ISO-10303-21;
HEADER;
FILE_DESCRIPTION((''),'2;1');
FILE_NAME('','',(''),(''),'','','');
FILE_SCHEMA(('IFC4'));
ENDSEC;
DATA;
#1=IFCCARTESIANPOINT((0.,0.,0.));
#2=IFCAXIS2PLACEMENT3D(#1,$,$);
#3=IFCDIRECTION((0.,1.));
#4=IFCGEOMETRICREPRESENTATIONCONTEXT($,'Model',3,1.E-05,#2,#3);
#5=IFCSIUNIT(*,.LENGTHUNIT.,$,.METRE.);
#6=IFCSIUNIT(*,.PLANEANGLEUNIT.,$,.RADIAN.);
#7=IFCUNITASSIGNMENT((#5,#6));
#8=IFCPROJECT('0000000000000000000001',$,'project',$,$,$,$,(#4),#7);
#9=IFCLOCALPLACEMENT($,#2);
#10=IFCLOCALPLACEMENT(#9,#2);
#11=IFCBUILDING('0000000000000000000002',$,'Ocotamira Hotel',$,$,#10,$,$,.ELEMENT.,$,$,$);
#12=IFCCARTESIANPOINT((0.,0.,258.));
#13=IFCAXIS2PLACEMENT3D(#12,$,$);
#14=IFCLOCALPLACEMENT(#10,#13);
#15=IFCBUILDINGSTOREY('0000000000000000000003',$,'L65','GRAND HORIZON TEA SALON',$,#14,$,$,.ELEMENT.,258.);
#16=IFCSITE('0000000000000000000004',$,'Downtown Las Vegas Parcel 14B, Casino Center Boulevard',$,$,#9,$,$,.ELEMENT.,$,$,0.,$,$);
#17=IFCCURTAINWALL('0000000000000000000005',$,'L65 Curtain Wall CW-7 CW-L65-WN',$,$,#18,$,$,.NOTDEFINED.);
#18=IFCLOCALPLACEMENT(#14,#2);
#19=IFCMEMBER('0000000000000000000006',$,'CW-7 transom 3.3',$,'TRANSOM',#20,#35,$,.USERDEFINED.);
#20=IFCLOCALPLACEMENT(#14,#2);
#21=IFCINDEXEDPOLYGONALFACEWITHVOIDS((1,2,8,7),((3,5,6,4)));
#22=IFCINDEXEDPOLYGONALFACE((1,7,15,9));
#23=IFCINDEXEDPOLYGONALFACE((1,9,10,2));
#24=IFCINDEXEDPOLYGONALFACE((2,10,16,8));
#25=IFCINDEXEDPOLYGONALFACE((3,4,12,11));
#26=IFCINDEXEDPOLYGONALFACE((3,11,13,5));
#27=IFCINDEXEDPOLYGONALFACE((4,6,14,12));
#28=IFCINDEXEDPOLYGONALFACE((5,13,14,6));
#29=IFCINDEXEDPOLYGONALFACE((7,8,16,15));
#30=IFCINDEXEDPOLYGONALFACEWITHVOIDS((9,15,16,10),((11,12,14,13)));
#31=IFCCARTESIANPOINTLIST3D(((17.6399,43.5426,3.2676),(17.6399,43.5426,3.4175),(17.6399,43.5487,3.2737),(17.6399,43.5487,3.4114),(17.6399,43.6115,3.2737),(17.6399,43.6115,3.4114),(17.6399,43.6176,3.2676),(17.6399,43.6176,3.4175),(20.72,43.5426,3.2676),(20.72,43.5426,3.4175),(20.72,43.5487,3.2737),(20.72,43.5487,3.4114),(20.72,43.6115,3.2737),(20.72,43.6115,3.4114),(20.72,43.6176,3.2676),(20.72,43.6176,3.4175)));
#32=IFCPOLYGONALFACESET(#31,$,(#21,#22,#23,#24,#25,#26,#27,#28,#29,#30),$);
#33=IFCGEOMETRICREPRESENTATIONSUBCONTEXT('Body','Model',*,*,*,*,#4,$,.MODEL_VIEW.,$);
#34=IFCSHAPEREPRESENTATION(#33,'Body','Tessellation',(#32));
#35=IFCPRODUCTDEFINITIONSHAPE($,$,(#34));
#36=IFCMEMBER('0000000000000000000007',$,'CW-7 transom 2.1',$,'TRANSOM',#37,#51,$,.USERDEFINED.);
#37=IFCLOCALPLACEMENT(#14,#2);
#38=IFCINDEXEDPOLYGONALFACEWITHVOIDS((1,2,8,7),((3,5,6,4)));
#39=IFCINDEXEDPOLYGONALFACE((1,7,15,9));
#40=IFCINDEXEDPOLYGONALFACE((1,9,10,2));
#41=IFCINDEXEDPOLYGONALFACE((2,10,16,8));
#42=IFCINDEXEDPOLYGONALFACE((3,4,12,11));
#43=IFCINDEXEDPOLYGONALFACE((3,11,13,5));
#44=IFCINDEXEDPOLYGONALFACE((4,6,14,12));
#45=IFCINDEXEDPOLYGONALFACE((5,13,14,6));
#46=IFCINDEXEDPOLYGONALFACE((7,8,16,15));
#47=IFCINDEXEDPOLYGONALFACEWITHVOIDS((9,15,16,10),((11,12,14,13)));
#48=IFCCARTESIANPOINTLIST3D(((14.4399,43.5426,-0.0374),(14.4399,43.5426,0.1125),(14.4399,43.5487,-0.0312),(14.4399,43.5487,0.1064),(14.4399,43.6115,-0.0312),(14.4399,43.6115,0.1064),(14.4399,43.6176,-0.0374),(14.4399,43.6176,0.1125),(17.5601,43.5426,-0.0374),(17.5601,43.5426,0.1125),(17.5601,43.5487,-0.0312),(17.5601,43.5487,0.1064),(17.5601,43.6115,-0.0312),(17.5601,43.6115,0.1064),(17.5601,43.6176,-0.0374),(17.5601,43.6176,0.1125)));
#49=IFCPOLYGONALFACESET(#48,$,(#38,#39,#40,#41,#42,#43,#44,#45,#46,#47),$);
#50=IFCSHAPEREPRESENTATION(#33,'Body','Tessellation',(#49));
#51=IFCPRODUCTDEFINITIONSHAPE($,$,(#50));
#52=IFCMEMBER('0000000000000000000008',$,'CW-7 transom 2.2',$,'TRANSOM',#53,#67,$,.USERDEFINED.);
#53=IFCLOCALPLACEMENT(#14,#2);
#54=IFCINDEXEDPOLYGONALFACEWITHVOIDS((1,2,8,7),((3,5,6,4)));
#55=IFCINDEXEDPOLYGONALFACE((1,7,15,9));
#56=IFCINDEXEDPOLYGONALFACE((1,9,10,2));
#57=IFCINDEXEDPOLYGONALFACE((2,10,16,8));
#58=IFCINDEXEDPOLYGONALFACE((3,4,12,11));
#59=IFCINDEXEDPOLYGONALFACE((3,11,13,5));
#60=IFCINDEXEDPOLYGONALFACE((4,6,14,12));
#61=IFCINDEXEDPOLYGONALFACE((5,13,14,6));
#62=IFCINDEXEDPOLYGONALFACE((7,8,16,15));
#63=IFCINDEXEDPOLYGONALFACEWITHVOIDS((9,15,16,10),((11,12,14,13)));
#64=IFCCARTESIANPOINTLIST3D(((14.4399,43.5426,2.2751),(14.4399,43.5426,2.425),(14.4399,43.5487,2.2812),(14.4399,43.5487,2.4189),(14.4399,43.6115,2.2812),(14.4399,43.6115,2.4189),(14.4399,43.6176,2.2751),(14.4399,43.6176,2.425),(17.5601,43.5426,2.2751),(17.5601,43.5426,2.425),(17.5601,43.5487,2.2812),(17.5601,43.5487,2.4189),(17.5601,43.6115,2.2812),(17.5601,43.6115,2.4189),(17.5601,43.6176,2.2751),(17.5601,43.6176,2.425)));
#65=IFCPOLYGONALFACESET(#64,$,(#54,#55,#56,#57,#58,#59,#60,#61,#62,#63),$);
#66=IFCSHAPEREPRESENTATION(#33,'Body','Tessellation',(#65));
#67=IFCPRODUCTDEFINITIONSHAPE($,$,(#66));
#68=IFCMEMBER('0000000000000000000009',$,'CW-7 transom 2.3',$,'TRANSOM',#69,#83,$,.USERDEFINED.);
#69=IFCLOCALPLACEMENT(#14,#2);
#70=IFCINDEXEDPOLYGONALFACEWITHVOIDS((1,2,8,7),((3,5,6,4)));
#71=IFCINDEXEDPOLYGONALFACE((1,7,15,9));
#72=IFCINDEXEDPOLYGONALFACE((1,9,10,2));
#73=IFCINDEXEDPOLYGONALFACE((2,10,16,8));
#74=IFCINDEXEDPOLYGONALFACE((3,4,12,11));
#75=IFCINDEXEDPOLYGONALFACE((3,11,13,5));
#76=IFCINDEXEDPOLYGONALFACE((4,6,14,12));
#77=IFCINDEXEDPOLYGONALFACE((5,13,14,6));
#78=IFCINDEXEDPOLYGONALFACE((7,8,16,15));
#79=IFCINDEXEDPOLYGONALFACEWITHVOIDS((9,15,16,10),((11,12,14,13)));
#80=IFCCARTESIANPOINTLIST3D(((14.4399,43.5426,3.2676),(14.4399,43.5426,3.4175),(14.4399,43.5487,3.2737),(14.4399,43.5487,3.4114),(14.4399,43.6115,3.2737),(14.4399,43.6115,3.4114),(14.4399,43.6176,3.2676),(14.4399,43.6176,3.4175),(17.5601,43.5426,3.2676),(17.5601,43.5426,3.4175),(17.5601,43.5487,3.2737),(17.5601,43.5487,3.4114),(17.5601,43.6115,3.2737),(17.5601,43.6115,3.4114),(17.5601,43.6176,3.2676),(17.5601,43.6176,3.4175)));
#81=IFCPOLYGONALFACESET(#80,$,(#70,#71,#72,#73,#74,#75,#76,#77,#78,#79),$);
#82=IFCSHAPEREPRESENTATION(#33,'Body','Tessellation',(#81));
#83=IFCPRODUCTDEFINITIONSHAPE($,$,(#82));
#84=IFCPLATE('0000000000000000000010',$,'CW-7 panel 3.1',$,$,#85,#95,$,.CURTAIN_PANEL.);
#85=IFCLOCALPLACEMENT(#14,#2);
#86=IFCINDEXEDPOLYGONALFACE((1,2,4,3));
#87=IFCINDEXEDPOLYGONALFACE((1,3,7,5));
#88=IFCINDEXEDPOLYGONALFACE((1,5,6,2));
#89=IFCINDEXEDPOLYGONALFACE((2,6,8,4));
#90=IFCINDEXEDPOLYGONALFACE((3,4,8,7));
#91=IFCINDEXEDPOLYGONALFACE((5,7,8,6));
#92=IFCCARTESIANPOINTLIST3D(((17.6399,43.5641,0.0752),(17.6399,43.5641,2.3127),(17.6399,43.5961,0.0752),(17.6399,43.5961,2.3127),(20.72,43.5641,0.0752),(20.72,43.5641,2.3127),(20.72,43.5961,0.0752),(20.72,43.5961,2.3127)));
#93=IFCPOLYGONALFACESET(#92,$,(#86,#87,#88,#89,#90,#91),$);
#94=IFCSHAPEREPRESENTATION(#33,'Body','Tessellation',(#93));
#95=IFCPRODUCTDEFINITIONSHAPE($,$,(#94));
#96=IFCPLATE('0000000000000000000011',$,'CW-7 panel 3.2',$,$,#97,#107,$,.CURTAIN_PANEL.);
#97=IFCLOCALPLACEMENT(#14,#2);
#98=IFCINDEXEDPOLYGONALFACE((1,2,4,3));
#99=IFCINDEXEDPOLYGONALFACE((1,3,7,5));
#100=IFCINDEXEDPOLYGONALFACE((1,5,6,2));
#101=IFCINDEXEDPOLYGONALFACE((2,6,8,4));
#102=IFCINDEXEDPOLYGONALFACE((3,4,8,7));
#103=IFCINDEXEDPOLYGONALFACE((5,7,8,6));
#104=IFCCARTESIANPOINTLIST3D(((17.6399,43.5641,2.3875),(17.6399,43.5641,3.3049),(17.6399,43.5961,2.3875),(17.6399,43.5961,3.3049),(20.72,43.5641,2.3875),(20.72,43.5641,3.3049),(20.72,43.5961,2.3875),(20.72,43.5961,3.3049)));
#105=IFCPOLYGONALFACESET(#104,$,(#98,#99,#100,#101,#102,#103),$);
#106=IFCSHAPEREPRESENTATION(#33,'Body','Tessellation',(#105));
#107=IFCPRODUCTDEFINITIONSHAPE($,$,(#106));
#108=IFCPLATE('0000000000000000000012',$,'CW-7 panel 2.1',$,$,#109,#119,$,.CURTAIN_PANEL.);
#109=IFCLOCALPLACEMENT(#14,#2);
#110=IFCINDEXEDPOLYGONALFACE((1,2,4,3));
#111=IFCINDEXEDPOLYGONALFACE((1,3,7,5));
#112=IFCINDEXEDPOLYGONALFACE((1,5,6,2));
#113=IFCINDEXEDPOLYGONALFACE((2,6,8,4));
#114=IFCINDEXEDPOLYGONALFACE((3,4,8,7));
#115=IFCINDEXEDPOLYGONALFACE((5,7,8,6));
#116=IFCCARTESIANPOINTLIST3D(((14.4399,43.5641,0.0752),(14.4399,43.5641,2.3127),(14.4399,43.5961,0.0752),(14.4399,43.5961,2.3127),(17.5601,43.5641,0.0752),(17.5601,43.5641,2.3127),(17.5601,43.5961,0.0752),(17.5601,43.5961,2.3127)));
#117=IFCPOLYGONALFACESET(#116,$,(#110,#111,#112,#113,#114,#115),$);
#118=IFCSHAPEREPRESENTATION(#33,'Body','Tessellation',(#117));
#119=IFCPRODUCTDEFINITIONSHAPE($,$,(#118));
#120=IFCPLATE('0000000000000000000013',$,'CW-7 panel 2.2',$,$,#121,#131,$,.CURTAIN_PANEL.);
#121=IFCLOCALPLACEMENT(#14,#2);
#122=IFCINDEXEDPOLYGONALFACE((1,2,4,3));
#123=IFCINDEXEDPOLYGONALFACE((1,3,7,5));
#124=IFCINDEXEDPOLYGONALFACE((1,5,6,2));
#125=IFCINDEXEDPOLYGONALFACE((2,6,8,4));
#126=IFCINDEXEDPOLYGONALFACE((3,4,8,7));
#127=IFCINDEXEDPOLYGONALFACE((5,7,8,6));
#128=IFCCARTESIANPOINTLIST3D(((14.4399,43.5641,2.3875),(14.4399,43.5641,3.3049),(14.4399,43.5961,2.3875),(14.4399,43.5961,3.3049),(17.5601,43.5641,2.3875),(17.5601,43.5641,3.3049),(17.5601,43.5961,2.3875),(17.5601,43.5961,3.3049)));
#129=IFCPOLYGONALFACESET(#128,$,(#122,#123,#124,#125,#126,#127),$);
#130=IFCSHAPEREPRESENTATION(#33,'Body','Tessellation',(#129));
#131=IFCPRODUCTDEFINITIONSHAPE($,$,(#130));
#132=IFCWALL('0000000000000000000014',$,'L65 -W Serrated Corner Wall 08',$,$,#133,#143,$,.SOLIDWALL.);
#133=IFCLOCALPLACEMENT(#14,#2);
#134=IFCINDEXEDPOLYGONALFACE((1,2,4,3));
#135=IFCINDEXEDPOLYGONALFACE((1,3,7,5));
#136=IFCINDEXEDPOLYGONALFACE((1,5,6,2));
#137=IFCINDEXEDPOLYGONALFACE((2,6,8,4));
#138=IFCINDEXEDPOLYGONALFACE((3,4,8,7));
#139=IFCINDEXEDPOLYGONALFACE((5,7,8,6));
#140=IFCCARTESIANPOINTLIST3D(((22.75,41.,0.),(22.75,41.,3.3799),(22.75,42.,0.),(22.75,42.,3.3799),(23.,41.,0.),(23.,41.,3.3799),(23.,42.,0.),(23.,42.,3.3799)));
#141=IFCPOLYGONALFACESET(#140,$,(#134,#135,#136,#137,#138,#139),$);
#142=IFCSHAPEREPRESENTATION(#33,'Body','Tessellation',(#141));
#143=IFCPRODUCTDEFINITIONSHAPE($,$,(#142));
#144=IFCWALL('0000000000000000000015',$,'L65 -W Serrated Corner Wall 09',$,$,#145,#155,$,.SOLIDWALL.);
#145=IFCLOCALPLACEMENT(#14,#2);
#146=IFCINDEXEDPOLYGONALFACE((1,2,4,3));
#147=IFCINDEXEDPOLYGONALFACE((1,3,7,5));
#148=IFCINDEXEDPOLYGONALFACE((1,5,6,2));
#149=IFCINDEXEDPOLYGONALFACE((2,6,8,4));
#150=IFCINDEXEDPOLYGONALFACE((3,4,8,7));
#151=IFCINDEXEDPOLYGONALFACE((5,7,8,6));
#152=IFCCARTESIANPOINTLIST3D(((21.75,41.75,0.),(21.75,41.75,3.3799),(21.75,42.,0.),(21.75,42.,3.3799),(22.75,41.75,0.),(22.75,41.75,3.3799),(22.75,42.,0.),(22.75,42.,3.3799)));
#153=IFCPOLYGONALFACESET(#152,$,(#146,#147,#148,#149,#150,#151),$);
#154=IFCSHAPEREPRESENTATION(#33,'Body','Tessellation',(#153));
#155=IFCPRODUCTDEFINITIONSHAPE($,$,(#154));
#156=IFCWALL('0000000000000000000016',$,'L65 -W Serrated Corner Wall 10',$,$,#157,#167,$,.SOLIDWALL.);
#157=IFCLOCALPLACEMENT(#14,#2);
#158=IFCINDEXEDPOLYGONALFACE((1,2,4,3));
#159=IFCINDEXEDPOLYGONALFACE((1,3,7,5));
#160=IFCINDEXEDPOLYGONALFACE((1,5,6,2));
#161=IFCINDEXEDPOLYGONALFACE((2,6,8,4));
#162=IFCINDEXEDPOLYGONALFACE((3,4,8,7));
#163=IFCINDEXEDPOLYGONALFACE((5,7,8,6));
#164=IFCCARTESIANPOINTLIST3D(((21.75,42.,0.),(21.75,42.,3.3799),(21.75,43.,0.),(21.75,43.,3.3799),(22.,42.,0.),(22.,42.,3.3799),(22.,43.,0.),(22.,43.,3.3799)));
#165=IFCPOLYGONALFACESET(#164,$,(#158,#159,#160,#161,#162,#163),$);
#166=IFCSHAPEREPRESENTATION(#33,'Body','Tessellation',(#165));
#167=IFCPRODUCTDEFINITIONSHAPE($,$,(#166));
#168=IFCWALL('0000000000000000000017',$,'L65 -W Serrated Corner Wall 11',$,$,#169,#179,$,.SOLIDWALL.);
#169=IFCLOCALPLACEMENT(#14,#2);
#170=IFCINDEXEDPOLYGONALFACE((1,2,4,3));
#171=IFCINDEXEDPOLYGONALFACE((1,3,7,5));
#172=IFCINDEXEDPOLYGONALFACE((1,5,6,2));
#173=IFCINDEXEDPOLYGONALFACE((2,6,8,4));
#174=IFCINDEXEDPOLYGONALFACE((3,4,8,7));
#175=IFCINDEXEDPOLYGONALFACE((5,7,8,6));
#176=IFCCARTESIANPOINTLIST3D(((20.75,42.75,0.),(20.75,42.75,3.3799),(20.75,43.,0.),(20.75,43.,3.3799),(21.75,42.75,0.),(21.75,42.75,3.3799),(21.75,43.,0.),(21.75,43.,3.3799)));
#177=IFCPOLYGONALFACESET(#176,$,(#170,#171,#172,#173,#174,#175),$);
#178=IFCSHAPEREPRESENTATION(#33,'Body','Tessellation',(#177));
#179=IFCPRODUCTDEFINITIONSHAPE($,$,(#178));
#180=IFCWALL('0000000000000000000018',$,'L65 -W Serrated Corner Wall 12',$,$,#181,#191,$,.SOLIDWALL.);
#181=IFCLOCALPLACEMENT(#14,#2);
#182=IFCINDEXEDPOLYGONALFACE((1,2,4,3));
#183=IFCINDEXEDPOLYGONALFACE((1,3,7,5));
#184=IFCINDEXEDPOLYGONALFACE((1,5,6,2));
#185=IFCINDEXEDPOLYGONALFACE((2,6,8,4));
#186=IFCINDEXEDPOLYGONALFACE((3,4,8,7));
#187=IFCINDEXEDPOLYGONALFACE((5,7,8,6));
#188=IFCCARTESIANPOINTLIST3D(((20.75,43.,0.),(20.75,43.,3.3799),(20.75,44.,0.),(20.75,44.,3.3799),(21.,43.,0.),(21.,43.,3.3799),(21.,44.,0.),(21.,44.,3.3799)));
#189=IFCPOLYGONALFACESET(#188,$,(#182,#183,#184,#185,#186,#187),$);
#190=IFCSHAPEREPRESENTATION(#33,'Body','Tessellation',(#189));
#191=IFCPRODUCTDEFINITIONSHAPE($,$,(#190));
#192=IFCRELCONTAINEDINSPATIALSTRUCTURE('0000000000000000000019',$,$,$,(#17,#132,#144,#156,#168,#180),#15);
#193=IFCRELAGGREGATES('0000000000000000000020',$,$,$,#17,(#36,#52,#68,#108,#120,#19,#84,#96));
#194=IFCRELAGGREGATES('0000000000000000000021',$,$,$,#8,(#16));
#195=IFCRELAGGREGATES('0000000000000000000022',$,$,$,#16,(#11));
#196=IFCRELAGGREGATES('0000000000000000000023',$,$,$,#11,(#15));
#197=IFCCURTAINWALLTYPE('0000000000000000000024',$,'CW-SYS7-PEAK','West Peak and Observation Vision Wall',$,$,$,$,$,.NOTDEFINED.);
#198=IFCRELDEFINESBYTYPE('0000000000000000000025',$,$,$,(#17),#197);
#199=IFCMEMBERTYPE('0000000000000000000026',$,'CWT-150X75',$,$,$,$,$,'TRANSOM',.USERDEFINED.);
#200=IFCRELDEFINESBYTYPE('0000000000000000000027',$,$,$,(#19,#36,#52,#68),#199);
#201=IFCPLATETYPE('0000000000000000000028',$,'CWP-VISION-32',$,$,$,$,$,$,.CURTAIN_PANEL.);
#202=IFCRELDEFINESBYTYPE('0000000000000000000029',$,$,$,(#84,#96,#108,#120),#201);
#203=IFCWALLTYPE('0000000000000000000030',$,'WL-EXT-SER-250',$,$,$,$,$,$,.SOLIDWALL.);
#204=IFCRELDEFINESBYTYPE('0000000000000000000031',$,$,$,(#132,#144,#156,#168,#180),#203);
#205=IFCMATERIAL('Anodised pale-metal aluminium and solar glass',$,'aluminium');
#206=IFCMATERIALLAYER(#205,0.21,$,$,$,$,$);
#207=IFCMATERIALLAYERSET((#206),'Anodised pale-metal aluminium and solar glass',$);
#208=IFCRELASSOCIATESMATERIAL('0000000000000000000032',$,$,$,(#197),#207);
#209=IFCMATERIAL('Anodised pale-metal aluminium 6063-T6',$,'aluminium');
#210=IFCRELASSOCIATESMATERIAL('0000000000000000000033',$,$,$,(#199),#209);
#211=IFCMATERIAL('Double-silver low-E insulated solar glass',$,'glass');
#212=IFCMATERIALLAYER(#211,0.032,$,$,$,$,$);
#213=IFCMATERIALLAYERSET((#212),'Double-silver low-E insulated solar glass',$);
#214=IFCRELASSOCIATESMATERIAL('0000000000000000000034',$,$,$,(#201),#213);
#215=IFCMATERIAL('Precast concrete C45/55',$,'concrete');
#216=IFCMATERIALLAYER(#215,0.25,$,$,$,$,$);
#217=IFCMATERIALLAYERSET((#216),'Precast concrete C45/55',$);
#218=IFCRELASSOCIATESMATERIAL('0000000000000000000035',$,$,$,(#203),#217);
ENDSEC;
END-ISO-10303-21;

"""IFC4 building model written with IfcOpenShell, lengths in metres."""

from ifc_helpers import new_model, si_unit, direction, frame, frame_2d, origin, origin_2d, place, context, subcontext, project, spatial, rectangle, hollow_rectangle, extrude, source, transform, mapped, material, layer, layer_set, material_profile, profile_set, type_object, element, aggregate, save


model = new_model("IFC4")

# Units and contexts
model_context = context("Model", 3, precision=1e-05, world=origin(), true_north=direction((0.0, 1.0)))
body_context = subcontext(model_context, "Body", "Model", "MODEL_VIEW")
ifc_project = project(units=[si_unit("LENGTHUNIT", "METRE"), si_unit("PLANEANGLEUNIT", "RADIAN")], contexts=[model_context])

# Site, building, storey
site_placement = place(None, origin())
site = spatial("IfcSite", under=ifc_project, at=site_placement, Name="Downtown Las Vegas Parcel 14B, Casino Center Boulevard", CompositionType="ELEMENT", RefElevation=0.0)
building_placement = place(site_placement, origin())
building = spatial("IfcBuilding", under=site, at=building_placement, Name="Ocotamira Hotel", CompositionType="ELEMENT")
storey_placement = place(building_placement, frame((0.0, 0.0, 258.0)))
storey = spatial("IfcBuildingStorey", under=building, at=storey_placement, Name="L65", Description="GRAND HORIZON TEA SALON", CompositionType="ELEMENT", Elevation=258.0)

# Curtain wall, members, plates
ifc_material_1 = material(Name="Anodised pale-metal aluminium and solar glass", Category="aluminium")
ifc_layer_1 = layer(ifc_material_1, 0.21)
ifc_layer_set_1 = layer_set([ifc_layer_1], Name="Anodised pale-metal aluminium and solar glass")
curtain_wall_type = type_object("IfcCurtainWallType", Name="CW-SYS7-PEAK", Description="West Peak and Observation Vision Wall", PredefinedType="NOTDEFINED", material=ifc_layer_set_1)
curtain_wall_placement = place(storey_placement, origin())
curtain_wall = element("IfcCurtainWall", 1, at=curtain_wall_placement, inside=storey, type_object=curtain_wall_type, Name="L65 Curtain Wall CW-7 CW-L65-WN", PredefinedType="NOTDEFINED")
ifc_material_2 = material(Name="Anodised pale-metal aluminium 6063-T6", Category="aluminium")
ifc_material_profile_1 = material_profile(ifc_material_2, hollow_rectangle(XDim=0.075, YDim=0.1499, WallThickness=0.0061, at=origin_2d()), Name="HSS150X75X6")
ifc_profile_set_1 = profile_set([ifc_material_profile_1], Name="Anodised pale-metal aluminium 6063-T6")
member_type_1 = type_object("IfcMemberType", Name="CWT-150X75", ElementType="TRANSOM", PredefinedType="USERDEFINED", material=ifc_profile_set_1)
shared_shape_1 = source(origin(), body_context, "Body", "SweptSolid", [
    extrude(hollow_rectangle(XDim=0.075, YDim=0.1499, WallThickness=0.0061, at=origin_2d()), origin(), (0.0, 0.0, 1.0), 3.0801),
])
member_1_placement = place(storey_placement, frame((17.6399, 43.5801, 3.3425), z_axis=(1.0, 0.0, 0.0), x_axis=(0.0, 1.0, 0.0)))
member_1 = element("IfcMember", 2, at=member_1_placement, type_object=member_type_1, Name="CW-7 transom 3.3", ObjectType="TRANSOM", PredefinedType="USERDEFINED", context=body_context, shape_type="MappedRepresentation", body=[
    mapped(shared_shape_1, transform((0.0, 0.0, 0.0), scale=1.0)),
])
shared_shape_2 = source(origin(), body_context, "Body", "SweptSolid", [
    extrude(hollow_rectangle(XDim=0.075, YDim=0.1499, WallThickness=0.0061, at=origin_2d()), origin(), (0.0, 0.0, 1.0), 3.1201),
])
member_2_placement = place(storey_placement, frame((14.4399, 43.5801, 0.0376), z_axis=(1.0, 0.0, 0.0), x_axis=(0.0, 1.0, 0.0)))
member_2 = element("IfcMember", 3, at=member_2_placement, type_object=member_type_1, Name="CW-7 transom 2.1", ObjectType="TRANSOM", PredefinedType="USERDEFINED", context=body_context, shape_type="MappedRepresentation", body=[
    mapped(shared_shape_2, transform((0.0, 0.0, 0.0), scale=1.0)),
])
member_3_placement = place(storey_placement, frame((14.4399, 43.5801, 2.3501), z_axis=(1.0, 0.0, 0.0), x_axis=(0.0, 1.0, 0.0)))
member_3 = element("IfcMember", 4, at=member_3_placement, type_object=member_type_1, Name="CW-7 transom 2.2", ObjectType="TRANSOM", PredefinedType="USERDEFINED", context=body_context, shape_type="MappedRepresentation", body=[
    mapped(shared_shape_2, transform((0.0, 0.0, 0.0), scale=1.0)),
])
member_4_placement = place(storey_placement, frame((14.4399, 43.5801, 3.3425), z_axis=(1.0, 0.0, 0.0), x_axis=(0.0, 1.0, 0.0)))
member_4 = element("IfcMember", 5, at=member_4_placement, type_object=member_type_1, Name="CW-7 transom 2.3", ObjectType="TRANSOM", PredefinedType="USERDEFINED", context=body_context, shape_type="MappedRepresentation", body=[
    mapped(shared_shape_2, transform((0.0, 0.0, 0.0), scale=1.0)),
])
ifc_material_3 = material(Name="Double-silver low-E insulated solar glass", Category="glass")
ifc_layer_2 = layer(ifc_material_3, 0.032)
ifc_layer_set_2 = layer_set([ifc_layer_2], Name="Double-silver low-E insulated solar glass")
plate_type = type_object("IfcPlateType", Name="CWP-VISION-32", PredefinedType="CURTAIN_PANEL", material=ifc_layer_set_2)
shared_shape_3 = source(origin(), body_context, "Body", "SweptSolid", [
    extrude(rectangle(XDim=3.0801, YDim=0.032, at=origin_2d()), origin(), (0.0, 0.0, 1.0), 2.2375),
])
plate_1_placement = place(storey_placement, frame((19.1799, 43.5801, 0.0752), z_axis=(0.0, 0.0, 1.0), x_axis=(1.0, 0.0, 0.0)))
plate_1 = element("IfcPlate", 6, at=plate_1_placement, type_object=plate_type, Name="CW-7 panel 3.1", PredefinedType="CURTAIN_PANEL", context=body_context, shape_type="MappedRepresentation", body=[
    mapped(shared_shape_3, transform((0.0, 0.0, 0.0), scale=1.0)),
])
shared_shape_4 = source(origin(), body_context, "Body", "SweptSolid", [
    extrude(rectangle(XDim=3.0801, YDim=0.032, at=origin_2d()), origin(), (0.0, 0.0, 1.0), 0.9175),
])
plate_2_placement = place(storey_placement, frame((19.1799, 43.5801, 2.3875), z_axis=(0.0, 0.0, 1.0), x_axis=(1.0, 0.0, 0.0)))
plate_2 = element("IfcPlate", 7, at=plate_2_placement, type_object=plate_type, Name="CW-7 panel 3.2", PredefinedType="CURTAIN_PANEL", context=body_context, shape_type="MappedRepresentation", body=[
    mapped(shared_shape_4, transform((0.0, 0.0, 0.0), scale=1.0)),
])
shared_shape_5 = source(origin(), body_context, "Body", "SweptSolid", [
    extrude(rectangle(XDim=3.1201, YDim=0.032, at=origin_2d()), origin(), (0.0, 0.0, 1.0), 2.2375),
])
plate_3_placement = place(storey_placement, frame((16.0, 43.5801, 0.0752), z_axis=(0.0, 0.0, 1.0), x_axis=(1.0, 0.0, 0.0)))
plate_3 = element("IfcPlate", 8, at=plate_3_placement, type_object=plate_type, Name="CW-7 panel 2.1", PredefinedType="CURTAIN_PANEL", context=body_context, shape_type="MappedRepresentation", body=[
    mapped(shared_shape_5, transform((0.0, 0.0, 0.0), scale=1.0)),
])
shared_shape_6 = source(origin(), body_context, "Body", "SweptSolid", [
    extrude(rectangle(XDim=3.1201, YDim=0.032, at=origin_2d()), origin(), (0.0, 0.0, 1.0), 0.9175),
])
plate_4_placement = place(storey_placement, frame((16.0, 43.5801, 2.3875), z_axis=(0.0, 0.0, 1.0), x_axis=(1.0, 0.0, 0.0)))
plate_4 = element("IfcPlate", 9, at=plate_4_placement, type_object=plate_type, Name="CW-7 panel 2.2", PredefinedType="CURTAIN_PANEL", context=body_context, shape_type="MappedRepresentation", body=[
    mapped(shared_shape_6, transform((0.0, 0.0, 0.0), scale=1.0)),
])
aggregate(curtain_wall, [member_2, member_3, member_4, plate_3, plate_4, member_1, plate_1, plate_2])

# Walls
ifc_material_4 = material(Name="Precast concrete C45/55", Category="concrete")
ifc_layer_3 = layer(ifc_material_4, 0.25)
ifc_layer_set_3 = layer_set([ifc_layer_3], Name="Precast concrete C45/55")
wall_type_1 = type_object("IfcWallType", Name="WL-EXT-SER-250", PredefinedType="SOLIDWALL", material=ifc_layer_set_3)
for number, where, z_axis, x_axis, name in (
    (10, (22.875, 41.0, 0.0), (0.0, 0.0, 1.0), (0.0, 1.0, 0.0), "L65 -W Serrated Corner Wall 08"),
    (11, (22.75, 41.875, 0.0), (0.0, 0.0, 1.0), (-1.0, 0.0, 0.0), "L65 -W Serrated Corner Wall 09"),
    (12, (21.875, 42.0, 0.0), (0.0, 0.0, 1.0), (0.0, 1.0, 0.0), "L65 -W Serrated Corner Wall 10"),
    (13, (21.75, 42.875, 0.0), (0.0, 0.0, 1.0), (-1.0, 0.0, 0.0), "L65 -W Serrated Corner Wall 11"),
    (14, (20.875, 43.0, 0.0), (0.0, 0.0, 1.0), (0.0, 1.0, 0.0), "L65 -W Serrated Corner Wall 12"),
):
    element("IfcWall", number, at=place(storey_placement, frame(where, z_axis=z_axis, x_axis=x_axis)), inside=storey, type_object=wall_type_1, Name=name, PredefinedType="SOLIDWALL", context=body_context, shape_type="SweptSolid", body=[
        extrude(rectangle(XDim=1.0, YDim=0.25, at=frame_2d((0.5, 0.0))), origin(), (0.0, 0.0, 1.0), 3.3799),
    ])

save(model, "model.ifc")
